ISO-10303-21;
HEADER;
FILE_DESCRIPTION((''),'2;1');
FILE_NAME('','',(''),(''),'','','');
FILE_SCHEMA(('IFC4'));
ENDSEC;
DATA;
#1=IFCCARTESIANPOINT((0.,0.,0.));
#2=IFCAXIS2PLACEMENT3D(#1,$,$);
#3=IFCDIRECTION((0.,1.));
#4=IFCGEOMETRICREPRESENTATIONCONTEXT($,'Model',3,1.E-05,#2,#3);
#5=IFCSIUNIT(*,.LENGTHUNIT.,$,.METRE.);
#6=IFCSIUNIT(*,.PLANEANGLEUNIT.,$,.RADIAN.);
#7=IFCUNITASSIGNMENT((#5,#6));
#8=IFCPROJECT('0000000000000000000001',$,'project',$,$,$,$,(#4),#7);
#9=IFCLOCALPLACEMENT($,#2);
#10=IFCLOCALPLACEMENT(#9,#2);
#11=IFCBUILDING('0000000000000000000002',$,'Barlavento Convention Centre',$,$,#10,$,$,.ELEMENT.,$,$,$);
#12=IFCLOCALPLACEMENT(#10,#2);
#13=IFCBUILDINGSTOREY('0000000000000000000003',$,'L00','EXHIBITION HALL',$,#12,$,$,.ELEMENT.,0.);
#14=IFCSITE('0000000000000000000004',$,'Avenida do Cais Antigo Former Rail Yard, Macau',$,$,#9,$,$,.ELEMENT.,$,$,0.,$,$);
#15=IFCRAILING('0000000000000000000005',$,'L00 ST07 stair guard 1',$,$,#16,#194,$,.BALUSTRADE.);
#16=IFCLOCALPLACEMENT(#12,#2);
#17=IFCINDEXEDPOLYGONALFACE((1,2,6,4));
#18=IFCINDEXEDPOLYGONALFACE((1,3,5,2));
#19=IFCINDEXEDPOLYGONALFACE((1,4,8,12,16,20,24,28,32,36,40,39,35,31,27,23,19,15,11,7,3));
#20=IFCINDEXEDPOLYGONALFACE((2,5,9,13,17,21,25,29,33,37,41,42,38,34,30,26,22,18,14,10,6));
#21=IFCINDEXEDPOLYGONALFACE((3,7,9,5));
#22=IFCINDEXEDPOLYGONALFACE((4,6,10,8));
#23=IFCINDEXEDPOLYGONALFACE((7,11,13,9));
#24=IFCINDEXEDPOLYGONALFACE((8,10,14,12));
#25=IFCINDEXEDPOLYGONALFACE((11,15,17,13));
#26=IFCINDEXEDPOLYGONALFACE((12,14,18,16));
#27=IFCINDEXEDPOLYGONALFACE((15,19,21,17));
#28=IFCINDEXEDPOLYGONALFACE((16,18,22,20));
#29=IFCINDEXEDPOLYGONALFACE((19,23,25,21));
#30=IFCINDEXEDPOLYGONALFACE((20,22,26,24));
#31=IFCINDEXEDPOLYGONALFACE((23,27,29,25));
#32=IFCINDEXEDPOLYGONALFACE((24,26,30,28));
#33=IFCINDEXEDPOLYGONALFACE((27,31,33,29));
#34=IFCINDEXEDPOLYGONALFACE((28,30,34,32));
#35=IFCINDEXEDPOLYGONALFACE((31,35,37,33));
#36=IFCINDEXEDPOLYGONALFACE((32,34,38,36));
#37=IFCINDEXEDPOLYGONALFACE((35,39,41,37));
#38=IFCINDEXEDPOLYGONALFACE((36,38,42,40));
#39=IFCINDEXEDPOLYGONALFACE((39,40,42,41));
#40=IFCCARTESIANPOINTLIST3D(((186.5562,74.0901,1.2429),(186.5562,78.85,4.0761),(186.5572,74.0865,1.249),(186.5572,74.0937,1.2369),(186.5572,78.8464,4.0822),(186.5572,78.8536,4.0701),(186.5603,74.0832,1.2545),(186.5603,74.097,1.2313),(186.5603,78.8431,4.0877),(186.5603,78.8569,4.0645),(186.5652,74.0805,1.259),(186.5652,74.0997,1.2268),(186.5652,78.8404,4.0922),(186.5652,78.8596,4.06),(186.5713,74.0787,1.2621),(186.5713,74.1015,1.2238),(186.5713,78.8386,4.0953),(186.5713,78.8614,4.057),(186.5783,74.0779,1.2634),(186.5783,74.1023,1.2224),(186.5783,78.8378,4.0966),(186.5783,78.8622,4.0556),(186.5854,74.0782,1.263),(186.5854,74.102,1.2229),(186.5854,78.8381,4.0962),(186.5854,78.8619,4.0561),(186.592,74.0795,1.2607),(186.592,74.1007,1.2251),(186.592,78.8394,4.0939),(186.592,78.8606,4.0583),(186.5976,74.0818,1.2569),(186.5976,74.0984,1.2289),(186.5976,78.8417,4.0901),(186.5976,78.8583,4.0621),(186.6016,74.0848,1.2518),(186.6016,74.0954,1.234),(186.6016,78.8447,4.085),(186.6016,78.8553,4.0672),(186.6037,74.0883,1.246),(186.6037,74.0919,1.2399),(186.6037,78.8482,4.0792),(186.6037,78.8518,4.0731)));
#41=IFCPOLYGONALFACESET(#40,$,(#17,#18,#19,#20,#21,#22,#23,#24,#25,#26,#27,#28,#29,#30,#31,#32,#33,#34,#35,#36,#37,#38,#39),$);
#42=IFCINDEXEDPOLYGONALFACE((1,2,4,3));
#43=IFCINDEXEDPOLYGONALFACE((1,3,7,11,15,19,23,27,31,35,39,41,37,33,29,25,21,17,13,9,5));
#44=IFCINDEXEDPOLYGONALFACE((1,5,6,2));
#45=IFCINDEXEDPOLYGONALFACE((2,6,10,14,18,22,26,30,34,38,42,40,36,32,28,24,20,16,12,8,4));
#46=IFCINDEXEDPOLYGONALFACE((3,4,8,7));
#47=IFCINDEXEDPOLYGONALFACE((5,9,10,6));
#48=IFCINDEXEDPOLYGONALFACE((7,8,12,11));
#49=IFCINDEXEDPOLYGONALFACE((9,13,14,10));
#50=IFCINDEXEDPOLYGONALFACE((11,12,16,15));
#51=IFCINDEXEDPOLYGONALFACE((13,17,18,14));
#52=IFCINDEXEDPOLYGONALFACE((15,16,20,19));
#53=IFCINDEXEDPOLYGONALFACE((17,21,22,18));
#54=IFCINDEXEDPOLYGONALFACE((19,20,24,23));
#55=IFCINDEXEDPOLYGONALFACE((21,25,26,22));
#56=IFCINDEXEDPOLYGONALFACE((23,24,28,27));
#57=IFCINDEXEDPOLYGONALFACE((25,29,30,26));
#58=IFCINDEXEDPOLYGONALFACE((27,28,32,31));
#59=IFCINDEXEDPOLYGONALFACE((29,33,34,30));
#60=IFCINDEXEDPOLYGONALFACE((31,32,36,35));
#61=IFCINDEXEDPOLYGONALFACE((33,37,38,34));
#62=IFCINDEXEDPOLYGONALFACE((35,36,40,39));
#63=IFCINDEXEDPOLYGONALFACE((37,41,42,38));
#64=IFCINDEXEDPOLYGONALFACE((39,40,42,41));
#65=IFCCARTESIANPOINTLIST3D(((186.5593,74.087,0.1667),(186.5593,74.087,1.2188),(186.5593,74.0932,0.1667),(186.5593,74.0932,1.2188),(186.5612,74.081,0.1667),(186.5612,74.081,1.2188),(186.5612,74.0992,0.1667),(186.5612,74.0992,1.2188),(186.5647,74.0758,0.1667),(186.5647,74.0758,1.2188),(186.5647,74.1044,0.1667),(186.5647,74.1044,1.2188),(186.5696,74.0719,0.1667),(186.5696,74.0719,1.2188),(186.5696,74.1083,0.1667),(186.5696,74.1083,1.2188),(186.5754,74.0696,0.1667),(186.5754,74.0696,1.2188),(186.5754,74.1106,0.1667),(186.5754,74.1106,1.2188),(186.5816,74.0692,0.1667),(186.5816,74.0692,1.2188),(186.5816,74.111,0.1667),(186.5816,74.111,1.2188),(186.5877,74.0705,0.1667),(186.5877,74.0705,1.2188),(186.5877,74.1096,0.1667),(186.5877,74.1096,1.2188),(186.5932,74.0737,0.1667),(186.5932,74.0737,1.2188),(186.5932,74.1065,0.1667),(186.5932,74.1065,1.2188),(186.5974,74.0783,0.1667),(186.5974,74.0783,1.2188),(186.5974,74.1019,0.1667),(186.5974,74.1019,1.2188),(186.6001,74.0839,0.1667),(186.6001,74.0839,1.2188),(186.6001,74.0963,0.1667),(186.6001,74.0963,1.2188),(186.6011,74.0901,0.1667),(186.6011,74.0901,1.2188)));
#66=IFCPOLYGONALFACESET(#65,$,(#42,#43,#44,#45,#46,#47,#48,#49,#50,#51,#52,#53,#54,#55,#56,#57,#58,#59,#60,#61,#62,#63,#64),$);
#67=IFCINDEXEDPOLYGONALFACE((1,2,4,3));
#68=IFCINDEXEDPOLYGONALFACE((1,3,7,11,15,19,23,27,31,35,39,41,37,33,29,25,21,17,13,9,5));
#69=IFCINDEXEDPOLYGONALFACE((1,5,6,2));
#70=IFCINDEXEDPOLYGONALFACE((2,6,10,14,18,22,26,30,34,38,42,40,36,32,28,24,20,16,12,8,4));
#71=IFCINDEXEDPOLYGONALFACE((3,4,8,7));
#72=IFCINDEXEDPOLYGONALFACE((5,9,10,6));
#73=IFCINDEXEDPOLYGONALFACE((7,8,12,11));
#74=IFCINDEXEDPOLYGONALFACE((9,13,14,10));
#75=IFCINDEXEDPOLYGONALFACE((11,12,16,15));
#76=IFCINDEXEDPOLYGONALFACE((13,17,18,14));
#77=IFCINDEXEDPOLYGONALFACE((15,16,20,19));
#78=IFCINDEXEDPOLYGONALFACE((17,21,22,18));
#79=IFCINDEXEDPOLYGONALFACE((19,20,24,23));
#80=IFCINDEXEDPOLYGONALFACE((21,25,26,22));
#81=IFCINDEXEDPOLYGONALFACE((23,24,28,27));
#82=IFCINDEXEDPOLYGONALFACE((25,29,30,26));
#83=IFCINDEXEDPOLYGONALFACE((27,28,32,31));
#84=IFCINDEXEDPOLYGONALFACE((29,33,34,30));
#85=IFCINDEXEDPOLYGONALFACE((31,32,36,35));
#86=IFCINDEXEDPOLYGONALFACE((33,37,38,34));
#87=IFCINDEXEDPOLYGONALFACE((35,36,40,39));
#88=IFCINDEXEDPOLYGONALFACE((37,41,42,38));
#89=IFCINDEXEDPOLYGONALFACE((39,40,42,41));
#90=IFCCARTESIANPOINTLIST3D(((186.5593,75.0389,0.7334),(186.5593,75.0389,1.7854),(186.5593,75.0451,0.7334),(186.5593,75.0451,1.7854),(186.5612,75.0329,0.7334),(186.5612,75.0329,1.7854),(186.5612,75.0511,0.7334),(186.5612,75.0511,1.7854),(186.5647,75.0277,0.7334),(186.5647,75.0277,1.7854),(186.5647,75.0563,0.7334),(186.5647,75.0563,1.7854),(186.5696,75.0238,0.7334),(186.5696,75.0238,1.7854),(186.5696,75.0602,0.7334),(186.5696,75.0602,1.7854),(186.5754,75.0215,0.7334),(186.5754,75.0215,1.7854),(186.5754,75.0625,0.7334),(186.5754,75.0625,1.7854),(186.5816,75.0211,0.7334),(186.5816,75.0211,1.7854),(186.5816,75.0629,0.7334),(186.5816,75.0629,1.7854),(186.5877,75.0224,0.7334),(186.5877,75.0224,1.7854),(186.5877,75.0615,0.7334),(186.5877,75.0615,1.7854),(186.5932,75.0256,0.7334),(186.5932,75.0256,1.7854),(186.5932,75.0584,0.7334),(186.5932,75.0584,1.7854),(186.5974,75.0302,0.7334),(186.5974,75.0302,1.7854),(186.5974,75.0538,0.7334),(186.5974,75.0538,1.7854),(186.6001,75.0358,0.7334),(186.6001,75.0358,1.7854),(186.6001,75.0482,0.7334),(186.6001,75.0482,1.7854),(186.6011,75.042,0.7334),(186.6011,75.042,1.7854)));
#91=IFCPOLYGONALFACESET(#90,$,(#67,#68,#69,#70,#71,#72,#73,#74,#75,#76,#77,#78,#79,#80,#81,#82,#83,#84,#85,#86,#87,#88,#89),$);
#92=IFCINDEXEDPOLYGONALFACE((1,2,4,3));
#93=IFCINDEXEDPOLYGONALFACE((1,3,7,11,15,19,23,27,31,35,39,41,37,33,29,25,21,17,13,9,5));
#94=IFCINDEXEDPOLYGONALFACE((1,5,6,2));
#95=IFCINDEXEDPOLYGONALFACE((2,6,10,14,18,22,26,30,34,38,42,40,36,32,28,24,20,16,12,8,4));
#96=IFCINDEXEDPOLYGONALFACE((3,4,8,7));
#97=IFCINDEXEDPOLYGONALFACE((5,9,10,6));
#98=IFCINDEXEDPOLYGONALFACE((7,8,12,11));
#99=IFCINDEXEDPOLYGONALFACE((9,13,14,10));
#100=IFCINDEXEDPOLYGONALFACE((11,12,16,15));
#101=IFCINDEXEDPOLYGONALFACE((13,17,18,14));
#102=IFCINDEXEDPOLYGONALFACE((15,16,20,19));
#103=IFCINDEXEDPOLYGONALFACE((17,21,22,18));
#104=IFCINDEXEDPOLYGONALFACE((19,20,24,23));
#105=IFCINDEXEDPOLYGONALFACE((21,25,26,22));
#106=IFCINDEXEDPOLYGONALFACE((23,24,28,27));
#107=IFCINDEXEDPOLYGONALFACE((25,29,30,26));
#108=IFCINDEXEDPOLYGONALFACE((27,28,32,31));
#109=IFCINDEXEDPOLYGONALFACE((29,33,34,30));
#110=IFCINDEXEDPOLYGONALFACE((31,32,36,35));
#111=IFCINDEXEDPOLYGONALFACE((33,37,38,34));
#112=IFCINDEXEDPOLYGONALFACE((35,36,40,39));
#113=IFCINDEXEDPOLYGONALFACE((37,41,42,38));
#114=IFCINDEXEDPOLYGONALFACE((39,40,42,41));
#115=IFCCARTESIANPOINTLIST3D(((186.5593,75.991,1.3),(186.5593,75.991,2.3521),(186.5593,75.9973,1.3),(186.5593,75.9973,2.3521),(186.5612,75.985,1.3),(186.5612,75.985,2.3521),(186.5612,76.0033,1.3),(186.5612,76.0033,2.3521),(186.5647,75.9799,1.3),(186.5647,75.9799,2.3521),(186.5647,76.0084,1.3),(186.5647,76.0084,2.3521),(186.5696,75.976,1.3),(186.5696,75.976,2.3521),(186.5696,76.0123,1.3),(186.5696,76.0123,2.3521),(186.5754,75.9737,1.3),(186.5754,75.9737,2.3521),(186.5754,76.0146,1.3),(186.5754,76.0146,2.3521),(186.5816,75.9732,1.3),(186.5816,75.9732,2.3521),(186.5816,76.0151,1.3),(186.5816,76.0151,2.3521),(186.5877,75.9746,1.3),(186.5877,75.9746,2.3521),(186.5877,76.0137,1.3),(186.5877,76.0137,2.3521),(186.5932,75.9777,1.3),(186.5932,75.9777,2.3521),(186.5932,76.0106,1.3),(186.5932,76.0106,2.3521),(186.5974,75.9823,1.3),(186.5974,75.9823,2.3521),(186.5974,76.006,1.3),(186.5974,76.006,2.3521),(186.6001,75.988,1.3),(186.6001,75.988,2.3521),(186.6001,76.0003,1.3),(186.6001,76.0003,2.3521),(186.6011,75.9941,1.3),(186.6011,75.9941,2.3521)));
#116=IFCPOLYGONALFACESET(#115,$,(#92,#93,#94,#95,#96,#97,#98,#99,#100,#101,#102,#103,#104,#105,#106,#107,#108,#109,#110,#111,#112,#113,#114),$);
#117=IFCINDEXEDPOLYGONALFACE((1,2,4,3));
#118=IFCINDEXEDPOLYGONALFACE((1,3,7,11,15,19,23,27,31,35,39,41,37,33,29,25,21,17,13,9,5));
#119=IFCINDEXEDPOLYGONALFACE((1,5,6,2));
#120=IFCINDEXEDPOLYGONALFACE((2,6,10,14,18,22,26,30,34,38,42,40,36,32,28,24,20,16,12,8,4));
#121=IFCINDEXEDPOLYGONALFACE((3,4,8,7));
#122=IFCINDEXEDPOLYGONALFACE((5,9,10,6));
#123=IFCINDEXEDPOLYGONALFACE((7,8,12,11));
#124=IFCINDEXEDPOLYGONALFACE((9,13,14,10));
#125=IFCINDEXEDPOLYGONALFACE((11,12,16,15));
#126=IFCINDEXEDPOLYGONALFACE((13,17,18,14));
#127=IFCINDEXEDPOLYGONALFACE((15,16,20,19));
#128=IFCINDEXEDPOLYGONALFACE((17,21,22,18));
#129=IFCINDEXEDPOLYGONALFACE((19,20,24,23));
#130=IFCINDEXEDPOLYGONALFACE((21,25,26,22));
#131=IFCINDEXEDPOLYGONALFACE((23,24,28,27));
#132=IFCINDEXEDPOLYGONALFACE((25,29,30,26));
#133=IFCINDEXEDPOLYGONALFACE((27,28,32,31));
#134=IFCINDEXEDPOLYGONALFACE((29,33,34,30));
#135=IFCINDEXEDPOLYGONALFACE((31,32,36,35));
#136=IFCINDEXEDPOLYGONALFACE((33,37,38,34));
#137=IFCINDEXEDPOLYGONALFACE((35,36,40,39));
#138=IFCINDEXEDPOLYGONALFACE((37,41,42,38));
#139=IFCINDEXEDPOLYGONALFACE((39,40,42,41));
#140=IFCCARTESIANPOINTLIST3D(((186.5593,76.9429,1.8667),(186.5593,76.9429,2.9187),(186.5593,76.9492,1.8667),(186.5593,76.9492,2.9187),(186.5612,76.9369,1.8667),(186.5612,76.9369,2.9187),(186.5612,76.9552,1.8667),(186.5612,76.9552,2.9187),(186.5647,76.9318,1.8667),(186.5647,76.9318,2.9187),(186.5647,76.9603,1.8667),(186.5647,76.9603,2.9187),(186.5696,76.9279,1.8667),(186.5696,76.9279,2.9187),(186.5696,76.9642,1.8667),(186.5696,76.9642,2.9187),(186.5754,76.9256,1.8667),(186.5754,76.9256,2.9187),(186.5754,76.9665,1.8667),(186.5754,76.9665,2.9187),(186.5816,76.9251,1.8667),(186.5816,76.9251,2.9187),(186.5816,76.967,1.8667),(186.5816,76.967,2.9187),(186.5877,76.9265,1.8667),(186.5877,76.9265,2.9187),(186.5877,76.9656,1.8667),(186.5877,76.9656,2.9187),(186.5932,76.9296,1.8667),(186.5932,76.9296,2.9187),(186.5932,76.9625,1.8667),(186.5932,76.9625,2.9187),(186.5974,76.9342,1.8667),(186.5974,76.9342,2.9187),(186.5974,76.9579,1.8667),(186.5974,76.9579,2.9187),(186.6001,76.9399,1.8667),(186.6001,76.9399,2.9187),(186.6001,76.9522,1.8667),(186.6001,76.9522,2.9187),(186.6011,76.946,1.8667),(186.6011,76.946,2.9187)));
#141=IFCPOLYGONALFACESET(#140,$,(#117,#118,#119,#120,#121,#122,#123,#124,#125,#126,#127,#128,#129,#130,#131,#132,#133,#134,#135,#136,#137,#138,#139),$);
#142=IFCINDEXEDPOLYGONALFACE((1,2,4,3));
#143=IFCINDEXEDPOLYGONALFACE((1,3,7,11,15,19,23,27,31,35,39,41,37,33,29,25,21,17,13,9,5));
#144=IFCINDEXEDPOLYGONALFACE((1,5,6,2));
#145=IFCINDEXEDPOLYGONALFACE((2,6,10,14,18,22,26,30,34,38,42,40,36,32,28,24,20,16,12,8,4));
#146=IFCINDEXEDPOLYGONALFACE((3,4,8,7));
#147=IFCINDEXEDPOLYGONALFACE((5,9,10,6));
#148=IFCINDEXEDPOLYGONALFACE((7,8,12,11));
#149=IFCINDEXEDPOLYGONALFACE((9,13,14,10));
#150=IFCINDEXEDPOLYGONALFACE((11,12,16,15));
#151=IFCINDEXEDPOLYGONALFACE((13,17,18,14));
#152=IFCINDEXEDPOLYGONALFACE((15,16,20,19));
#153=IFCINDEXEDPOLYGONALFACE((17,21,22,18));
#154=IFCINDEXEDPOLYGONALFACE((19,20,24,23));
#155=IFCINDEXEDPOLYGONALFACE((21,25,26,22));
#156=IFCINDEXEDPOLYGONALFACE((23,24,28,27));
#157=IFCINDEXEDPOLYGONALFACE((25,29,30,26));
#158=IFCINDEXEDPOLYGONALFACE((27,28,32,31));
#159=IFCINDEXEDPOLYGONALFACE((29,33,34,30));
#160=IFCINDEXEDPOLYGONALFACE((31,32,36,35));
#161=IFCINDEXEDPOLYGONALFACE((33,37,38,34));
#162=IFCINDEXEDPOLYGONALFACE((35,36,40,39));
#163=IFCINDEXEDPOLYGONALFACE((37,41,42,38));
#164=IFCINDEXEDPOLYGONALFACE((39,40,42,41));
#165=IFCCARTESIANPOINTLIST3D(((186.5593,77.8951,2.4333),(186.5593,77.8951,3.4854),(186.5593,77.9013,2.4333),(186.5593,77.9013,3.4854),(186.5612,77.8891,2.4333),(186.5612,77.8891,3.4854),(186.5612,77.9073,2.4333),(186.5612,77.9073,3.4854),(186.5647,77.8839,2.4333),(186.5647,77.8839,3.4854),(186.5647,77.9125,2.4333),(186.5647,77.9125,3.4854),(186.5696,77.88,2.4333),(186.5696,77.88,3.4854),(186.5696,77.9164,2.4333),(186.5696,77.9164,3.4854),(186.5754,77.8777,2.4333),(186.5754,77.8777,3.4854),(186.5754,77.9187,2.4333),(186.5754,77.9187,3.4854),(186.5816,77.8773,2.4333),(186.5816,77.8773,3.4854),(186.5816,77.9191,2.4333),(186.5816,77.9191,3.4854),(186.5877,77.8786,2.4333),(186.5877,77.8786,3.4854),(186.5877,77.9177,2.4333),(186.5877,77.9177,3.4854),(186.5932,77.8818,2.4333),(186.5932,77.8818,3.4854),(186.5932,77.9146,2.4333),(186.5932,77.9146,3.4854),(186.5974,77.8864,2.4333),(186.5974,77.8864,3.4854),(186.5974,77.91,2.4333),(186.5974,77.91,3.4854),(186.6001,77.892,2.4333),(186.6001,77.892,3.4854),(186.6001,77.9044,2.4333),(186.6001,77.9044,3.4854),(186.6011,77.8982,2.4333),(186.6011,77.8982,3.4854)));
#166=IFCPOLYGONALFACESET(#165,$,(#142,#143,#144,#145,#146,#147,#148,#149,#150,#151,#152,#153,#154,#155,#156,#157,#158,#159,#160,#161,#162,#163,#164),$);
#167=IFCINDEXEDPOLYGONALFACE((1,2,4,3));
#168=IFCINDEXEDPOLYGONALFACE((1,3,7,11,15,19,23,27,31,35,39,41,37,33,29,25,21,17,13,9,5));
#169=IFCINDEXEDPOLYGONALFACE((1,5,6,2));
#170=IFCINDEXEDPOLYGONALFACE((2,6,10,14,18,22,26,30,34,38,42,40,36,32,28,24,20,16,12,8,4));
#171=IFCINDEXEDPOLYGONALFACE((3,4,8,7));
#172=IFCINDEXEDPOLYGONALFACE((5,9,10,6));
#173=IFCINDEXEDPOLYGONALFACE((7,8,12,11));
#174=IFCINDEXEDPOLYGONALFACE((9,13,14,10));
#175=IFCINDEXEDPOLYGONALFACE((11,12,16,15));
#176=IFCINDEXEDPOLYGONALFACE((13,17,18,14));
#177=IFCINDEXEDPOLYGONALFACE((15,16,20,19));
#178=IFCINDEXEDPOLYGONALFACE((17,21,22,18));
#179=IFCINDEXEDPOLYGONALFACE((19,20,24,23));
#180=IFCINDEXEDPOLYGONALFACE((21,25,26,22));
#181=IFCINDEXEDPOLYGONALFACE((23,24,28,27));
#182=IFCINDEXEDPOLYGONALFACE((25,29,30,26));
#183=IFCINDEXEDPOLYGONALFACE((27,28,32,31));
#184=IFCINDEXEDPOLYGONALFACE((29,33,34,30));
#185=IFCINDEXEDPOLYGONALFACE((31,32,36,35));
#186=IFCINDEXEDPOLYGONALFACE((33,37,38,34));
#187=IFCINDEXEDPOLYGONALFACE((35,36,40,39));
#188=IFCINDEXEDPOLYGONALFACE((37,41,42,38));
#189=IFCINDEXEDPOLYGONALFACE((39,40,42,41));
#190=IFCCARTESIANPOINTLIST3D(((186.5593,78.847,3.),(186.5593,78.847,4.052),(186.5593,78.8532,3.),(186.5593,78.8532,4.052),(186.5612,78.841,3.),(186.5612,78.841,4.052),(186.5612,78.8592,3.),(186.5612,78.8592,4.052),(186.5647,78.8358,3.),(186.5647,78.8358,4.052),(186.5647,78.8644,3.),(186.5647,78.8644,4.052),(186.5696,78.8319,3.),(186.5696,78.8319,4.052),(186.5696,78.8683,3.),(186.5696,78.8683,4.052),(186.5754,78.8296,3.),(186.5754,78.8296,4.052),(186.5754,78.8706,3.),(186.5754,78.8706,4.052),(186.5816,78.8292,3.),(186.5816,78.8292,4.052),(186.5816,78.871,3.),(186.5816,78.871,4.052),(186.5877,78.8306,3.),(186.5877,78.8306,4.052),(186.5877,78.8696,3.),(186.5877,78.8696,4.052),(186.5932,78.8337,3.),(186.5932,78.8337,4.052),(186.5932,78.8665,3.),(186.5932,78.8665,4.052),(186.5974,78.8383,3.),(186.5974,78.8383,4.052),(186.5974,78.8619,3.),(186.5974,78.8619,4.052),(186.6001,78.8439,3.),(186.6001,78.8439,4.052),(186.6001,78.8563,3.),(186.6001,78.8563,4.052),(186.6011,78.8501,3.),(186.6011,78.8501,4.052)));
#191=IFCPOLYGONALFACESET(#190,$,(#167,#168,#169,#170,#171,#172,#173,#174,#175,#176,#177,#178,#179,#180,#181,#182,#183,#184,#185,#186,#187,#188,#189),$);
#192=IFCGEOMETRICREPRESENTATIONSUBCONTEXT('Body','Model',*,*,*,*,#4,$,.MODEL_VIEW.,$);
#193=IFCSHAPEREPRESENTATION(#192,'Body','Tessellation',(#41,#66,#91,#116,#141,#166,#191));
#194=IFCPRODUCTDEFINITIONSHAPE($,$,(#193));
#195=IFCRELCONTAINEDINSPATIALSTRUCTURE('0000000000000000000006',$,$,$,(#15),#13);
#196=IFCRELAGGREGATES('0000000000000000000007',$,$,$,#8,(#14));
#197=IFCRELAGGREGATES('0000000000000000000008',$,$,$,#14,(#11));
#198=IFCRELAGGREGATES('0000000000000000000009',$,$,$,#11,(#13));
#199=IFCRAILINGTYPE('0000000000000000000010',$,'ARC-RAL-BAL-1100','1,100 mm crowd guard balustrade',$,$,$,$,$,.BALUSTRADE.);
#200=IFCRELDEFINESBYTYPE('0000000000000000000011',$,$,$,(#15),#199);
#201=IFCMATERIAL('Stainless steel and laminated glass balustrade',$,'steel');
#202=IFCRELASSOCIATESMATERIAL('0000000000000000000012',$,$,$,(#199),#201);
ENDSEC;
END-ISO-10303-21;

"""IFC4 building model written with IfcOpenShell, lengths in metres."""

from ifc_helpers import new_model, si_unit, direction, frame, origin, origin_2d, place, context, subcontext, project, spatial, circle, extrude, material, type_object, element, save


model = new_model("IFC4")

# Units and contexts
model_context = context("Model", 3, precision=1e-05, world=origin(), true_north=direction((0.0, 1.0)))
body_context = subcontext(model_context, "Body", "Model", "MODEL_VIEW")
ifc_project = project(units=[si_unit("LENGTHUNIT", "METRE"), si_unit("PLANEANGLEUNIT", "RADIAN")], contexts=[model_context])

# Site, building, storey
site_placement = place(None, origin())
site = spatial("IfcSite", under=ifc_project, at=site_placement, Name="Avenida do Cais Antigo Former Rail Yard, Macau", CompositionType="ELEMENT", RefElevation=0.0)
building_placement = place(site_placement, origin())
building = spatial("IfcBuilding", under=site, at=building_placement, Name="Barlavento Convention Centre", CompositionType="ELEMENT")
storey_placement = place(building_placement, origin())
storey = spatial("IfcBuildingStorey", under=building, at=storey_placement, Name="L00", Description="EXHIBITION HALL", CompositionType="ELEMENT", Elevation=0.0)

# Railing
ifc_material_1 = material(Name="Stainless steel and laminated glass balustrade", Category="steel")
railing_type_1 = type_object("IfcRailingType", Name="ARC-RAL-BAL-1100", Description="1,100 mm crowd guard balustrade", PredefinedType="BALUSTRADE", material=ifc_material_1)
railing_1_placement = place(storey_placement, frame((186.5801, 74.0901, 0.1667)))
element("IfcRailing", 1, at=railing_1_placement, inside=storey, type_object=railing_type_1, Name="L00 ST07 stair guard 1", PredefinedType="BALUSTRADE", context=body_context, shape_type="SweptSolid", body=[
    extrude(circle(Radius=0.0239, at=origin_2d()), frame((0.0, 0.0, 1.0762), z_axis=(0.0, 0.8593, 0.511472), x_axis=(-1.0, 0.0, 0.0)), (0.0, 0.0, 1.0), 5.5393),
    extrude(circle(Radius=0.021, at=origin_2d()), origin(), (0.0, 0.0, 1.0), 1.052),
    extrude(circle(Radius=0.021, at=origin_2d()), frame((0.0, 0.9519, 0.5667)), (0.0, 0.0, 1.0), 1.052),
    extrude(circle(Radius=0.021, at=origin_2d()), frame((0.0, 1.9041, 1.1333)), (0.0, 0.0, 1.0), 1.052),
    extrude(circle(Radius=0.021, at=origin_2d()), frame((0.0, 2.856, 1.7)), (0.0, 0.0, 1.0), 1.052),
    extrude(circle(Radius=0.021, at=origin_2d()), frame((0.0, 3.8081, 2.2666)), (0.0, 0.0, 1.0), 1.052),
    extrude(circle(Radius=0.021, at=origin_2d()), frame((0.0, 4.76, 2.8333)), (0.0, 0.0, 1.0), 1.052),
])

save(model, "model.ifc")
